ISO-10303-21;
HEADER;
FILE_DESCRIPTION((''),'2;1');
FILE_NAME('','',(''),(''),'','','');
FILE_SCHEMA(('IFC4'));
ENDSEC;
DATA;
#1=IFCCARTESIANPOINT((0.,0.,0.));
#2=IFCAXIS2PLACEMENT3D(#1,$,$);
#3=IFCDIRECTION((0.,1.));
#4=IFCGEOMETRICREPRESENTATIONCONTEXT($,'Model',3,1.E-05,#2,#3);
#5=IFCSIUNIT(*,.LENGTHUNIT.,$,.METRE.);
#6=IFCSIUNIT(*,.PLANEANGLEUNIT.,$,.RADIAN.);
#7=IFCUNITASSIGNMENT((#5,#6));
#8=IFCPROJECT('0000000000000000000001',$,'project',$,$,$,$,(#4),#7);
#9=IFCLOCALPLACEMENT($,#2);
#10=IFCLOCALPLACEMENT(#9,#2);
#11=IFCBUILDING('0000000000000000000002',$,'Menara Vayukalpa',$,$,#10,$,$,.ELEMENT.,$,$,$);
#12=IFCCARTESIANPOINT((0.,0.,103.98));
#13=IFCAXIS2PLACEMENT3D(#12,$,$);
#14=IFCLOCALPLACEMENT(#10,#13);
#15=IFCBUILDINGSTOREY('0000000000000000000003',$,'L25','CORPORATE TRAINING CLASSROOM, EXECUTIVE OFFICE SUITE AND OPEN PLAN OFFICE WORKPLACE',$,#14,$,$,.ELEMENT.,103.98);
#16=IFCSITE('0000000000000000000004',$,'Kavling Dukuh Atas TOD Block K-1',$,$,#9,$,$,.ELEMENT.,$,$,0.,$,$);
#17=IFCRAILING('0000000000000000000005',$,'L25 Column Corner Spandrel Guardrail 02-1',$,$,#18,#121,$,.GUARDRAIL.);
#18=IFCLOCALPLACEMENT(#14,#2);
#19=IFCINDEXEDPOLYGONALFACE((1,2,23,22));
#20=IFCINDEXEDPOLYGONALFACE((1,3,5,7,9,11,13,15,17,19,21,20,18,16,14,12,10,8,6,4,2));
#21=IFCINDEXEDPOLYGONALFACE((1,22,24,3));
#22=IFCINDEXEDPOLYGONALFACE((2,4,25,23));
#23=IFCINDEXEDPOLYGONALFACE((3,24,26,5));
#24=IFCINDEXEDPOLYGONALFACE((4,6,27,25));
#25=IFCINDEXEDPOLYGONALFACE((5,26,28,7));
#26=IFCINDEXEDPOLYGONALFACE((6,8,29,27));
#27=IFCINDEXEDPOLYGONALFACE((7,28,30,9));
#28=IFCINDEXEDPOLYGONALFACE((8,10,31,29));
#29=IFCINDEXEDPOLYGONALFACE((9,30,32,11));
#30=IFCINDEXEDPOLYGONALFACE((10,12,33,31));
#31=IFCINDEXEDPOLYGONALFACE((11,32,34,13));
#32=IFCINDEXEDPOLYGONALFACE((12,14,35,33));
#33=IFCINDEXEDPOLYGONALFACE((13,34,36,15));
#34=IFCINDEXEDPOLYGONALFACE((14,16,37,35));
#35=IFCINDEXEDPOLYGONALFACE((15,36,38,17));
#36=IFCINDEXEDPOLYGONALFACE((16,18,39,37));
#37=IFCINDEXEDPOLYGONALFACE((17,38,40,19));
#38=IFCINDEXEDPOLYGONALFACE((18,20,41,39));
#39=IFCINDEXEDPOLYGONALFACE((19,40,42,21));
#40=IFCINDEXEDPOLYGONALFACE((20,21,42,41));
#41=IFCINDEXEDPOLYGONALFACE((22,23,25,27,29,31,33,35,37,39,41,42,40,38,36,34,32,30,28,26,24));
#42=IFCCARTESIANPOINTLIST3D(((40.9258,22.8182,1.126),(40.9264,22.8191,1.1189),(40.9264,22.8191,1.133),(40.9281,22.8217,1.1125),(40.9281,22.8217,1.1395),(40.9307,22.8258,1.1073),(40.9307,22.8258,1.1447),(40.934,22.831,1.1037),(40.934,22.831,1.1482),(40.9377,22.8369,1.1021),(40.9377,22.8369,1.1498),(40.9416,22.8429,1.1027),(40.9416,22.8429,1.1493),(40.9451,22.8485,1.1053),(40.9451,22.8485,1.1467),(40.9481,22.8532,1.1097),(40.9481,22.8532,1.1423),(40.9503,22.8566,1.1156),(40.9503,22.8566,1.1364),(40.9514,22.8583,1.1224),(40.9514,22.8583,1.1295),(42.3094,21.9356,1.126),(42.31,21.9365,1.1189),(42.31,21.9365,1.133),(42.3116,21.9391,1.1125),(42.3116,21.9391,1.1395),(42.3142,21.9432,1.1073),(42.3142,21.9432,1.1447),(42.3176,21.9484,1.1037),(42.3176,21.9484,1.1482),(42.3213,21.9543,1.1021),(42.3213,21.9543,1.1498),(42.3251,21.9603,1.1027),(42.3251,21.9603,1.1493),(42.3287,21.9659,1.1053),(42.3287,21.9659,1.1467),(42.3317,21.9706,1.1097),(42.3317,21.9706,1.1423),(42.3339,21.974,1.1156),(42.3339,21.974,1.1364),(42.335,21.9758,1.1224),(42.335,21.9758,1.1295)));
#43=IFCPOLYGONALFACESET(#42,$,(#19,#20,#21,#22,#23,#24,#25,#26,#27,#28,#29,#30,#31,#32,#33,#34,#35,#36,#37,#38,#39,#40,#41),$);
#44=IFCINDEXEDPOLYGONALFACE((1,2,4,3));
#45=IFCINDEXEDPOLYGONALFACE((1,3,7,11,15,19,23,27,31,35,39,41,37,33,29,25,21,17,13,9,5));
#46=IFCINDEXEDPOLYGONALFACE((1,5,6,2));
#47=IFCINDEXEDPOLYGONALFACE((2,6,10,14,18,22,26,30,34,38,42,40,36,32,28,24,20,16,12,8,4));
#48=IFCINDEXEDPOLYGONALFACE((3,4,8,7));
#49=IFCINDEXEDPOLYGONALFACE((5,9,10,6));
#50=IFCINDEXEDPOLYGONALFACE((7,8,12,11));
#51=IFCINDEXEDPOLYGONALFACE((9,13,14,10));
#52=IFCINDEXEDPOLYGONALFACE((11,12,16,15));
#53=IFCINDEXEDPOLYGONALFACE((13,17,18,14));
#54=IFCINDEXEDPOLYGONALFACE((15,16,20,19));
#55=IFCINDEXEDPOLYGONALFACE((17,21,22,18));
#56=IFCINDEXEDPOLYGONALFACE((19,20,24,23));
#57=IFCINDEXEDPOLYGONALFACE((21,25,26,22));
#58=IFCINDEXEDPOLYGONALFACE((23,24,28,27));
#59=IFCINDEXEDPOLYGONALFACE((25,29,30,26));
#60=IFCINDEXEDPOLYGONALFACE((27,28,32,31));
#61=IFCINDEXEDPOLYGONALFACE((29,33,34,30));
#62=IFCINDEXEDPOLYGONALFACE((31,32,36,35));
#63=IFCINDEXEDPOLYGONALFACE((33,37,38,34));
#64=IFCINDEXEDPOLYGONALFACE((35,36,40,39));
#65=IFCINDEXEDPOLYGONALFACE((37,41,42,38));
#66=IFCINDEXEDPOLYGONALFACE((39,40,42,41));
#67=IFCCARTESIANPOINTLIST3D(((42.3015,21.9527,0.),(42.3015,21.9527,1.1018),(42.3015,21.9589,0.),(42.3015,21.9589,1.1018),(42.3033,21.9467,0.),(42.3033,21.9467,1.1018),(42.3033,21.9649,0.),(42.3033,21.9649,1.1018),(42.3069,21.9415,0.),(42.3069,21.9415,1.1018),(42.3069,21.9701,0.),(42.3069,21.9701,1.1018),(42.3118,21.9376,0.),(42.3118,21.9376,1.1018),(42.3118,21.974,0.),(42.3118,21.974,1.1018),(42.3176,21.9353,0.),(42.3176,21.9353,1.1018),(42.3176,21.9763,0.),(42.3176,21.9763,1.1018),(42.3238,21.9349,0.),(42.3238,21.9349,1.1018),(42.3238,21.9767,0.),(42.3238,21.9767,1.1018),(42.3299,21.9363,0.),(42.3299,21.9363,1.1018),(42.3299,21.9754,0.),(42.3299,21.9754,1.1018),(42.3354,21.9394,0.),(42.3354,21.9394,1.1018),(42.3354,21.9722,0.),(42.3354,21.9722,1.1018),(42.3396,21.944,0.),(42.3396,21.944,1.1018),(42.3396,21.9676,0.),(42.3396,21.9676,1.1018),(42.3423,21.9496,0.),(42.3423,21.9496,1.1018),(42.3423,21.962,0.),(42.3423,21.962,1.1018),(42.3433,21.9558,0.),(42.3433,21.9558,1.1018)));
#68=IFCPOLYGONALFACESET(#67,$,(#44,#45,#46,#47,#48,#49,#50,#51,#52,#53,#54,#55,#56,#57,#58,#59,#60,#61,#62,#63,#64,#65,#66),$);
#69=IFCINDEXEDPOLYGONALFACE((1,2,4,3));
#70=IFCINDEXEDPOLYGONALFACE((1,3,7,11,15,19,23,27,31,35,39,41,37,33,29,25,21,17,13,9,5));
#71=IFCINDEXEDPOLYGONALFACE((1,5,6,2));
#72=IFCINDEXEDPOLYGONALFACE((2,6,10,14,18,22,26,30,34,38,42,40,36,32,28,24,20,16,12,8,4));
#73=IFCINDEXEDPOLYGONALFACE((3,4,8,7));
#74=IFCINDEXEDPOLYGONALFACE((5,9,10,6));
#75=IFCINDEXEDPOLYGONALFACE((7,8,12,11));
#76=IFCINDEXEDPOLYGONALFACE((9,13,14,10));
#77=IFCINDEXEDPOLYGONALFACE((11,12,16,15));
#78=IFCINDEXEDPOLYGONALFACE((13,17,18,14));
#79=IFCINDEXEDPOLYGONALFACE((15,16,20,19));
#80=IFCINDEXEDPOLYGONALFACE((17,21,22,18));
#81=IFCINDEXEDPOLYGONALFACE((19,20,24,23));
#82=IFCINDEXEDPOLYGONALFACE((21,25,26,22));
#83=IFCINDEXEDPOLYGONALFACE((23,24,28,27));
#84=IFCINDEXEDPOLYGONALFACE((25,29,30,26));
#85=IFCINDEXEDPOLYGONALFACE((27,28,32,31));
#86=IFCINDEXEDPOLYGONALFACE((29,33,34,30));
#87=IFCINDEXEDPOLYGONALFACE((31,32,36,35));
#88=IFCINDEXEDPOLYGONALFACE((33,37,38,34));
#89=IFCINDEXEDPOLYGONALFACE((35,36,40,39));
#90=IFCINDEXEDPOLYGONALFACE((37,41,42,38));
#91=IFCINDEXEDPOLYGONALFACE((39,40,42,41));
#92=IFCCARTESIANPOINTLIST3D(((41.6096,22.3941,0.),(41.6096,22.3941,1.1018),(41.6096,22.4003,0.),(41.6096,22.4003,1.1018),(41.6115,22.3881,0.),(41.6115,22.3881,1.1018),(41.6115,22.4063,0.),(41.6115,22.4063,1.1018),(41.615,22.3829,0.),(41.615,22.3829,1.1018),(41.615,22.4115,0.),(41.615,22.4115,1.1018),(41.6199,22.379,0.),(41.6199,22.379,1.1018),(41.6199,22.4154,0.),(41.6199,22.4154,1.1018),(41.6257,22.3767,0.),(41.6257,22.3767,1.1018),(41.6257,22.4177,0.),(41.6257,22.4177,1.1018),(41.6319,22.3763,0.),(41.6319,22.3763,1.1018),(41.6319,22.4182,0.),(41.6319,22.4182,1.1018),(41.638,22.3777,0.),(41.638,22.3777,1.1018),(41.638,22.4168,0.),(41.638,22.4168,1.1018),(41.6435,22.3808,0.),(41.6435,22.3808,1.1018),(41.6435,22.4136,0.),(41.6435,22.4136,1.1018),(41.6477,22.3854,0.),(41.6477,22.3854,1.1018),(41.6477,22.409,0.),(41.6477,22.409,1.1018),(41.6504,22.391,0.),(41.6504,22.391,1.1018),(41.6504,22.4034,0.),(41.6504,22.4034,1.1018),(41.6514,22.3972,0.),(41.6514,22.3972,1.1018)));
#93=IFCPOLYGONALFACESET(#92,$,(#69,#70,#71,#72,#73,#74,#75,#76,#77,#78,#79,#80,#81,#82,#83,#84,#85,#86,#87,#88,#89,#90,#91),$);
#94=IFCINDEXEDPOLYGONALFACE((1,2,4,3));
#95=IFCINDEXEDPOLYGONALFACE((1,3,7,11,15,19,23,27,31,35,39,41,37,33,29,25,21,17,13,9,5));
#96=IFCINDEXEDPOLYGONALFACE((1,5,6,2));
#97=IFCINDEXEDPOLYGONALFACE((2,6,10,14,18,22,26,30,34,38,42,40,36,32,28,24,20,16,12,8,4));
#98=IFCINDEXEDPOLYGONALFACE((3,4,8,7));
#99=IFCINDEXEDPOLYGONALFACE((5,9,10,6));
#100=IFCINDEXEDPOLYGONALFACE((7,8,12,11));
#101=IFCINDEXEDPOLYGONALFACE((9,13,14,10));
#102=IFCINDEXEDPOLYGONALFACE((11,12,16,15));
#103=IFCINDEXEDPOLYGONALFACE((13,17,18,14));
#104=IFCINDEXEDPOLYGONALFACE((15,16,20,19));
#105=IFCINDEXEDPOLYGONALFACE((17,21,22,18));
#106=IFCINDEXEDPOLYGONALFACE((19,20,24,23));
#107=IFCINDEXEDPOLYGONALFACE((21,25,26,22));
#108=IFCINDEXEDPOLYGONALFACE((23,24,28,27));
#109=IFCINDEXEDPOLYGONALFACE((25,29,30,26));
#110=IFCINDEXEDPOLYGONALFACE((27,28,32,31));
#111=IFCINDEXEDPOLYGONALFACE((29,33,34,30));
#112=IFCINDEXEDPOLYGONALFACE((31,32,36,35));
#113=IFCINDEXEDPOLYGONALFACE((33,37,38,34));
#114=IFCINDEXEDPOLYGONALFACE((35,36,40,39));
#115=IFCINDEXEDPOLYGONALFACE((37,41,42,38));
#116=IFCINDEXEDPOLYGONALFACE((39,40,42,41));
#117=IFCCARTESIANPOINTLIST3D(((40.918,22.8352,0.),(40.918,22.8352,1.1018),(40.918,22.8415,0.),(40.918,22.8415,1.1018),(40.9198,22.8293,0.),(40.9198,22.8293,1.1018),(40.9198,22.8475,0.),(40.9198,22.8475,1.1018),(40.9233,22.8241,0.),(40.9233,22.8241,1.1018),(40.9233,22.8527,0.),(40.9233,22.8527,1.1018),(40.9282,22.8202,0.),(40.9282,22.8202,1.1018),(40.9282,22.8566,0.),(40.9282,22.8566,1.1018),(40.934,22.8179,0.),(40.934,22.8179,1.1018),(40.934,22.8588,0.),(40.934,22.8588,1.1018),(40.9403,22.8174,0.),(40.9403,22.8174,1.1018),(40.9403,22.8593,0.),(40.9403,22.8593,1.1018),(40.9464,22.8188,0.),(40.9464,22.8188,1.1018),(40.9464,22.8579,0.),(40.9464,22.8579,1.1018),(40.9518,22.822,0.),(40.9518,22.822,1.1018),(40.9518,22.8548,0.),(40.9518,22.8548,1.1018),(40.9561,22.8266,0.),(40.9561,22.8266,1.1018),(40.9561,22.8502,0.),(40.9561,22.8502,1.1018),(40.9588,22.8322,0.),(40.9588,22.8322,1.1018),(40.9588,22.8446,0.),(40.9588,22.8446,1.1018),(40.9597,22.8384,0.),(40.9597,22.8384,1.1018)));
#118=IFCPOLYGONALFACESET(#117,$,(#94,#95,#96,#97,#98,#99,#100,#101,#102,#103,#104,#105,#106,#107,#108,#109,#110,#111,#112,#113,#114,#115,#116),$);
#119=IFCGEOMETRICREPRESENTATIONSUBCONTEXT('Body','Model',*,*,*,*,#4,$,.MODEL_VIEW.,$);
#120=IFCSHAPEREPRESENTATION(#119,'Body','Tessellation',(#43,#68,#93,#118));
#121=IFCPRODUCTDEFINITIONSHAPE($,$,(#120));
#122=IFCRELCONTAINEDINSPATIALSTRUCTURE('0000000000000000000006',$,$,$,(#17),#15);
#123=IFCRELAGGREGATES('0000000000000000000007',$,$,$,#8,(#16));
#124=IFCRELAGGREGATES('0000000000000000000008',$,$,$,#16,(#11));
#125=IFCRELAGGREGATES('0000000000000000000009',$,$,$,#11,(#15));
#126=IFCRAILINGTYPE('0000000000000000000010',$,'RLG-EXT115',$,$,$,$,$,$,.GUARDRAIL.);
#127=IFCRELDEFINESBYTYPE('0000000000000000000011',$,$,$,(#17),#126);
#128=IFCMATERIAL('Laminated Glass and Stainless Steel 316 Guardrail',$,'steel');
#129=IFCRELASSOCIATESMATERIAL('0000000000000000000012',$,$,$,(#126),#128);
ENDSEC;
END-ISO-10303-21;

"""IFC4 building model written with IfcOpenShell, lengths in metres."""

from ifc_helpers import new_model, si_unit, direction, frame, origin, origin_2d, place, context, subcontext, project, spatial, circle, extrude, material, type_object, element, save


model = new_model("IFC4")

# Units and contexts
model_context = context("Model", 3, precision=1e-05, world=origin(), true_north=direction((0.0, 1.0)))
body_context = subcontext(model_context, "Body", "Model", "MODEL_VIEW")
ifc_project = project(units=[si_unit("LENGTHUNIT", "METRE"), si_unit("PLANEANGLEUNIT", "RADIAN")], contexts=[model_context])

# Site, building, storey
site_placement = place(None, origin())
site = spatial("IfcSite", under=ifc_project, at=site_placement, Name="Kavling Dukuh Atas TOD Block K-1", CompositionType="ELEMENT", RefElevation=0.0)
building_placement = place(site_placement, origin())
building = spatial("IfcBuilding", under=site, at=building_placement, Name="Menara Vayukalpa", CompositionType="ELEMENT")
storey_placement = place(building_placement, frame((0.0, 0.0, 103.98)))
storey = spatial("IfcBuildingStorey", under=building, at=storey_placement, Name="L25", Description="CORPORATE TRAINING CLASSROOM, EXECUTIVE OFFICE SUITE AND OPEN PLAN OFFICE WORKPLACE", CompositionType="ELEMENT", Elevation=103.98)

# Railing
ifc_material_1 = material(Name="Laminated Glass and Stainless Steel 316 Guardrail", Category="steel")
railing_type_1 = type_object("IfcRailingType", Name="RLG-EXT115", PredefinedType="GUARDRAIL", material=ifc_material_1)
railing_1_placement = place(storey_placement, frame((42.3223, 21.9558, 0.0)))
element("IfcRailing", 1, at=railing_1_placement, inside=storey, type_object=railing_type_1, Name="L25 Column Corner Spandrel Guardrail 02-1", PredefinedType="GUARDRAIL", context=body_context, shape_type="SweptSolid", body=[
    extrude(circle(Radius=0.0239, at=origin_2d()), frame((0.0, 0.0, 1.126), z_axis=(-0.843073, 0.537799, 0.0), x_axis=(-0.537799, -0.843073, 0.0)), (0.0, 0.0, 1.0), 1.6411),
    extrude(circle(Radius=0.021, at=origin_2d()), origin(), (0.0, 0.0, 1.0), 1.1018),
    extrude(circle(Radius=0.021, at=origin_2d()), frame((-0.6919, 0.4414, 0.0)), (0.0, 0.0, 1.0), 1.1018),
    extrude(circle(Radius=0.021, at=origin_2d()), frame((-1.3835, 0.8826, 0.0)), (0.0, 0.0, 1.0), 1.1018),
])

save(model, "model.ifc")
